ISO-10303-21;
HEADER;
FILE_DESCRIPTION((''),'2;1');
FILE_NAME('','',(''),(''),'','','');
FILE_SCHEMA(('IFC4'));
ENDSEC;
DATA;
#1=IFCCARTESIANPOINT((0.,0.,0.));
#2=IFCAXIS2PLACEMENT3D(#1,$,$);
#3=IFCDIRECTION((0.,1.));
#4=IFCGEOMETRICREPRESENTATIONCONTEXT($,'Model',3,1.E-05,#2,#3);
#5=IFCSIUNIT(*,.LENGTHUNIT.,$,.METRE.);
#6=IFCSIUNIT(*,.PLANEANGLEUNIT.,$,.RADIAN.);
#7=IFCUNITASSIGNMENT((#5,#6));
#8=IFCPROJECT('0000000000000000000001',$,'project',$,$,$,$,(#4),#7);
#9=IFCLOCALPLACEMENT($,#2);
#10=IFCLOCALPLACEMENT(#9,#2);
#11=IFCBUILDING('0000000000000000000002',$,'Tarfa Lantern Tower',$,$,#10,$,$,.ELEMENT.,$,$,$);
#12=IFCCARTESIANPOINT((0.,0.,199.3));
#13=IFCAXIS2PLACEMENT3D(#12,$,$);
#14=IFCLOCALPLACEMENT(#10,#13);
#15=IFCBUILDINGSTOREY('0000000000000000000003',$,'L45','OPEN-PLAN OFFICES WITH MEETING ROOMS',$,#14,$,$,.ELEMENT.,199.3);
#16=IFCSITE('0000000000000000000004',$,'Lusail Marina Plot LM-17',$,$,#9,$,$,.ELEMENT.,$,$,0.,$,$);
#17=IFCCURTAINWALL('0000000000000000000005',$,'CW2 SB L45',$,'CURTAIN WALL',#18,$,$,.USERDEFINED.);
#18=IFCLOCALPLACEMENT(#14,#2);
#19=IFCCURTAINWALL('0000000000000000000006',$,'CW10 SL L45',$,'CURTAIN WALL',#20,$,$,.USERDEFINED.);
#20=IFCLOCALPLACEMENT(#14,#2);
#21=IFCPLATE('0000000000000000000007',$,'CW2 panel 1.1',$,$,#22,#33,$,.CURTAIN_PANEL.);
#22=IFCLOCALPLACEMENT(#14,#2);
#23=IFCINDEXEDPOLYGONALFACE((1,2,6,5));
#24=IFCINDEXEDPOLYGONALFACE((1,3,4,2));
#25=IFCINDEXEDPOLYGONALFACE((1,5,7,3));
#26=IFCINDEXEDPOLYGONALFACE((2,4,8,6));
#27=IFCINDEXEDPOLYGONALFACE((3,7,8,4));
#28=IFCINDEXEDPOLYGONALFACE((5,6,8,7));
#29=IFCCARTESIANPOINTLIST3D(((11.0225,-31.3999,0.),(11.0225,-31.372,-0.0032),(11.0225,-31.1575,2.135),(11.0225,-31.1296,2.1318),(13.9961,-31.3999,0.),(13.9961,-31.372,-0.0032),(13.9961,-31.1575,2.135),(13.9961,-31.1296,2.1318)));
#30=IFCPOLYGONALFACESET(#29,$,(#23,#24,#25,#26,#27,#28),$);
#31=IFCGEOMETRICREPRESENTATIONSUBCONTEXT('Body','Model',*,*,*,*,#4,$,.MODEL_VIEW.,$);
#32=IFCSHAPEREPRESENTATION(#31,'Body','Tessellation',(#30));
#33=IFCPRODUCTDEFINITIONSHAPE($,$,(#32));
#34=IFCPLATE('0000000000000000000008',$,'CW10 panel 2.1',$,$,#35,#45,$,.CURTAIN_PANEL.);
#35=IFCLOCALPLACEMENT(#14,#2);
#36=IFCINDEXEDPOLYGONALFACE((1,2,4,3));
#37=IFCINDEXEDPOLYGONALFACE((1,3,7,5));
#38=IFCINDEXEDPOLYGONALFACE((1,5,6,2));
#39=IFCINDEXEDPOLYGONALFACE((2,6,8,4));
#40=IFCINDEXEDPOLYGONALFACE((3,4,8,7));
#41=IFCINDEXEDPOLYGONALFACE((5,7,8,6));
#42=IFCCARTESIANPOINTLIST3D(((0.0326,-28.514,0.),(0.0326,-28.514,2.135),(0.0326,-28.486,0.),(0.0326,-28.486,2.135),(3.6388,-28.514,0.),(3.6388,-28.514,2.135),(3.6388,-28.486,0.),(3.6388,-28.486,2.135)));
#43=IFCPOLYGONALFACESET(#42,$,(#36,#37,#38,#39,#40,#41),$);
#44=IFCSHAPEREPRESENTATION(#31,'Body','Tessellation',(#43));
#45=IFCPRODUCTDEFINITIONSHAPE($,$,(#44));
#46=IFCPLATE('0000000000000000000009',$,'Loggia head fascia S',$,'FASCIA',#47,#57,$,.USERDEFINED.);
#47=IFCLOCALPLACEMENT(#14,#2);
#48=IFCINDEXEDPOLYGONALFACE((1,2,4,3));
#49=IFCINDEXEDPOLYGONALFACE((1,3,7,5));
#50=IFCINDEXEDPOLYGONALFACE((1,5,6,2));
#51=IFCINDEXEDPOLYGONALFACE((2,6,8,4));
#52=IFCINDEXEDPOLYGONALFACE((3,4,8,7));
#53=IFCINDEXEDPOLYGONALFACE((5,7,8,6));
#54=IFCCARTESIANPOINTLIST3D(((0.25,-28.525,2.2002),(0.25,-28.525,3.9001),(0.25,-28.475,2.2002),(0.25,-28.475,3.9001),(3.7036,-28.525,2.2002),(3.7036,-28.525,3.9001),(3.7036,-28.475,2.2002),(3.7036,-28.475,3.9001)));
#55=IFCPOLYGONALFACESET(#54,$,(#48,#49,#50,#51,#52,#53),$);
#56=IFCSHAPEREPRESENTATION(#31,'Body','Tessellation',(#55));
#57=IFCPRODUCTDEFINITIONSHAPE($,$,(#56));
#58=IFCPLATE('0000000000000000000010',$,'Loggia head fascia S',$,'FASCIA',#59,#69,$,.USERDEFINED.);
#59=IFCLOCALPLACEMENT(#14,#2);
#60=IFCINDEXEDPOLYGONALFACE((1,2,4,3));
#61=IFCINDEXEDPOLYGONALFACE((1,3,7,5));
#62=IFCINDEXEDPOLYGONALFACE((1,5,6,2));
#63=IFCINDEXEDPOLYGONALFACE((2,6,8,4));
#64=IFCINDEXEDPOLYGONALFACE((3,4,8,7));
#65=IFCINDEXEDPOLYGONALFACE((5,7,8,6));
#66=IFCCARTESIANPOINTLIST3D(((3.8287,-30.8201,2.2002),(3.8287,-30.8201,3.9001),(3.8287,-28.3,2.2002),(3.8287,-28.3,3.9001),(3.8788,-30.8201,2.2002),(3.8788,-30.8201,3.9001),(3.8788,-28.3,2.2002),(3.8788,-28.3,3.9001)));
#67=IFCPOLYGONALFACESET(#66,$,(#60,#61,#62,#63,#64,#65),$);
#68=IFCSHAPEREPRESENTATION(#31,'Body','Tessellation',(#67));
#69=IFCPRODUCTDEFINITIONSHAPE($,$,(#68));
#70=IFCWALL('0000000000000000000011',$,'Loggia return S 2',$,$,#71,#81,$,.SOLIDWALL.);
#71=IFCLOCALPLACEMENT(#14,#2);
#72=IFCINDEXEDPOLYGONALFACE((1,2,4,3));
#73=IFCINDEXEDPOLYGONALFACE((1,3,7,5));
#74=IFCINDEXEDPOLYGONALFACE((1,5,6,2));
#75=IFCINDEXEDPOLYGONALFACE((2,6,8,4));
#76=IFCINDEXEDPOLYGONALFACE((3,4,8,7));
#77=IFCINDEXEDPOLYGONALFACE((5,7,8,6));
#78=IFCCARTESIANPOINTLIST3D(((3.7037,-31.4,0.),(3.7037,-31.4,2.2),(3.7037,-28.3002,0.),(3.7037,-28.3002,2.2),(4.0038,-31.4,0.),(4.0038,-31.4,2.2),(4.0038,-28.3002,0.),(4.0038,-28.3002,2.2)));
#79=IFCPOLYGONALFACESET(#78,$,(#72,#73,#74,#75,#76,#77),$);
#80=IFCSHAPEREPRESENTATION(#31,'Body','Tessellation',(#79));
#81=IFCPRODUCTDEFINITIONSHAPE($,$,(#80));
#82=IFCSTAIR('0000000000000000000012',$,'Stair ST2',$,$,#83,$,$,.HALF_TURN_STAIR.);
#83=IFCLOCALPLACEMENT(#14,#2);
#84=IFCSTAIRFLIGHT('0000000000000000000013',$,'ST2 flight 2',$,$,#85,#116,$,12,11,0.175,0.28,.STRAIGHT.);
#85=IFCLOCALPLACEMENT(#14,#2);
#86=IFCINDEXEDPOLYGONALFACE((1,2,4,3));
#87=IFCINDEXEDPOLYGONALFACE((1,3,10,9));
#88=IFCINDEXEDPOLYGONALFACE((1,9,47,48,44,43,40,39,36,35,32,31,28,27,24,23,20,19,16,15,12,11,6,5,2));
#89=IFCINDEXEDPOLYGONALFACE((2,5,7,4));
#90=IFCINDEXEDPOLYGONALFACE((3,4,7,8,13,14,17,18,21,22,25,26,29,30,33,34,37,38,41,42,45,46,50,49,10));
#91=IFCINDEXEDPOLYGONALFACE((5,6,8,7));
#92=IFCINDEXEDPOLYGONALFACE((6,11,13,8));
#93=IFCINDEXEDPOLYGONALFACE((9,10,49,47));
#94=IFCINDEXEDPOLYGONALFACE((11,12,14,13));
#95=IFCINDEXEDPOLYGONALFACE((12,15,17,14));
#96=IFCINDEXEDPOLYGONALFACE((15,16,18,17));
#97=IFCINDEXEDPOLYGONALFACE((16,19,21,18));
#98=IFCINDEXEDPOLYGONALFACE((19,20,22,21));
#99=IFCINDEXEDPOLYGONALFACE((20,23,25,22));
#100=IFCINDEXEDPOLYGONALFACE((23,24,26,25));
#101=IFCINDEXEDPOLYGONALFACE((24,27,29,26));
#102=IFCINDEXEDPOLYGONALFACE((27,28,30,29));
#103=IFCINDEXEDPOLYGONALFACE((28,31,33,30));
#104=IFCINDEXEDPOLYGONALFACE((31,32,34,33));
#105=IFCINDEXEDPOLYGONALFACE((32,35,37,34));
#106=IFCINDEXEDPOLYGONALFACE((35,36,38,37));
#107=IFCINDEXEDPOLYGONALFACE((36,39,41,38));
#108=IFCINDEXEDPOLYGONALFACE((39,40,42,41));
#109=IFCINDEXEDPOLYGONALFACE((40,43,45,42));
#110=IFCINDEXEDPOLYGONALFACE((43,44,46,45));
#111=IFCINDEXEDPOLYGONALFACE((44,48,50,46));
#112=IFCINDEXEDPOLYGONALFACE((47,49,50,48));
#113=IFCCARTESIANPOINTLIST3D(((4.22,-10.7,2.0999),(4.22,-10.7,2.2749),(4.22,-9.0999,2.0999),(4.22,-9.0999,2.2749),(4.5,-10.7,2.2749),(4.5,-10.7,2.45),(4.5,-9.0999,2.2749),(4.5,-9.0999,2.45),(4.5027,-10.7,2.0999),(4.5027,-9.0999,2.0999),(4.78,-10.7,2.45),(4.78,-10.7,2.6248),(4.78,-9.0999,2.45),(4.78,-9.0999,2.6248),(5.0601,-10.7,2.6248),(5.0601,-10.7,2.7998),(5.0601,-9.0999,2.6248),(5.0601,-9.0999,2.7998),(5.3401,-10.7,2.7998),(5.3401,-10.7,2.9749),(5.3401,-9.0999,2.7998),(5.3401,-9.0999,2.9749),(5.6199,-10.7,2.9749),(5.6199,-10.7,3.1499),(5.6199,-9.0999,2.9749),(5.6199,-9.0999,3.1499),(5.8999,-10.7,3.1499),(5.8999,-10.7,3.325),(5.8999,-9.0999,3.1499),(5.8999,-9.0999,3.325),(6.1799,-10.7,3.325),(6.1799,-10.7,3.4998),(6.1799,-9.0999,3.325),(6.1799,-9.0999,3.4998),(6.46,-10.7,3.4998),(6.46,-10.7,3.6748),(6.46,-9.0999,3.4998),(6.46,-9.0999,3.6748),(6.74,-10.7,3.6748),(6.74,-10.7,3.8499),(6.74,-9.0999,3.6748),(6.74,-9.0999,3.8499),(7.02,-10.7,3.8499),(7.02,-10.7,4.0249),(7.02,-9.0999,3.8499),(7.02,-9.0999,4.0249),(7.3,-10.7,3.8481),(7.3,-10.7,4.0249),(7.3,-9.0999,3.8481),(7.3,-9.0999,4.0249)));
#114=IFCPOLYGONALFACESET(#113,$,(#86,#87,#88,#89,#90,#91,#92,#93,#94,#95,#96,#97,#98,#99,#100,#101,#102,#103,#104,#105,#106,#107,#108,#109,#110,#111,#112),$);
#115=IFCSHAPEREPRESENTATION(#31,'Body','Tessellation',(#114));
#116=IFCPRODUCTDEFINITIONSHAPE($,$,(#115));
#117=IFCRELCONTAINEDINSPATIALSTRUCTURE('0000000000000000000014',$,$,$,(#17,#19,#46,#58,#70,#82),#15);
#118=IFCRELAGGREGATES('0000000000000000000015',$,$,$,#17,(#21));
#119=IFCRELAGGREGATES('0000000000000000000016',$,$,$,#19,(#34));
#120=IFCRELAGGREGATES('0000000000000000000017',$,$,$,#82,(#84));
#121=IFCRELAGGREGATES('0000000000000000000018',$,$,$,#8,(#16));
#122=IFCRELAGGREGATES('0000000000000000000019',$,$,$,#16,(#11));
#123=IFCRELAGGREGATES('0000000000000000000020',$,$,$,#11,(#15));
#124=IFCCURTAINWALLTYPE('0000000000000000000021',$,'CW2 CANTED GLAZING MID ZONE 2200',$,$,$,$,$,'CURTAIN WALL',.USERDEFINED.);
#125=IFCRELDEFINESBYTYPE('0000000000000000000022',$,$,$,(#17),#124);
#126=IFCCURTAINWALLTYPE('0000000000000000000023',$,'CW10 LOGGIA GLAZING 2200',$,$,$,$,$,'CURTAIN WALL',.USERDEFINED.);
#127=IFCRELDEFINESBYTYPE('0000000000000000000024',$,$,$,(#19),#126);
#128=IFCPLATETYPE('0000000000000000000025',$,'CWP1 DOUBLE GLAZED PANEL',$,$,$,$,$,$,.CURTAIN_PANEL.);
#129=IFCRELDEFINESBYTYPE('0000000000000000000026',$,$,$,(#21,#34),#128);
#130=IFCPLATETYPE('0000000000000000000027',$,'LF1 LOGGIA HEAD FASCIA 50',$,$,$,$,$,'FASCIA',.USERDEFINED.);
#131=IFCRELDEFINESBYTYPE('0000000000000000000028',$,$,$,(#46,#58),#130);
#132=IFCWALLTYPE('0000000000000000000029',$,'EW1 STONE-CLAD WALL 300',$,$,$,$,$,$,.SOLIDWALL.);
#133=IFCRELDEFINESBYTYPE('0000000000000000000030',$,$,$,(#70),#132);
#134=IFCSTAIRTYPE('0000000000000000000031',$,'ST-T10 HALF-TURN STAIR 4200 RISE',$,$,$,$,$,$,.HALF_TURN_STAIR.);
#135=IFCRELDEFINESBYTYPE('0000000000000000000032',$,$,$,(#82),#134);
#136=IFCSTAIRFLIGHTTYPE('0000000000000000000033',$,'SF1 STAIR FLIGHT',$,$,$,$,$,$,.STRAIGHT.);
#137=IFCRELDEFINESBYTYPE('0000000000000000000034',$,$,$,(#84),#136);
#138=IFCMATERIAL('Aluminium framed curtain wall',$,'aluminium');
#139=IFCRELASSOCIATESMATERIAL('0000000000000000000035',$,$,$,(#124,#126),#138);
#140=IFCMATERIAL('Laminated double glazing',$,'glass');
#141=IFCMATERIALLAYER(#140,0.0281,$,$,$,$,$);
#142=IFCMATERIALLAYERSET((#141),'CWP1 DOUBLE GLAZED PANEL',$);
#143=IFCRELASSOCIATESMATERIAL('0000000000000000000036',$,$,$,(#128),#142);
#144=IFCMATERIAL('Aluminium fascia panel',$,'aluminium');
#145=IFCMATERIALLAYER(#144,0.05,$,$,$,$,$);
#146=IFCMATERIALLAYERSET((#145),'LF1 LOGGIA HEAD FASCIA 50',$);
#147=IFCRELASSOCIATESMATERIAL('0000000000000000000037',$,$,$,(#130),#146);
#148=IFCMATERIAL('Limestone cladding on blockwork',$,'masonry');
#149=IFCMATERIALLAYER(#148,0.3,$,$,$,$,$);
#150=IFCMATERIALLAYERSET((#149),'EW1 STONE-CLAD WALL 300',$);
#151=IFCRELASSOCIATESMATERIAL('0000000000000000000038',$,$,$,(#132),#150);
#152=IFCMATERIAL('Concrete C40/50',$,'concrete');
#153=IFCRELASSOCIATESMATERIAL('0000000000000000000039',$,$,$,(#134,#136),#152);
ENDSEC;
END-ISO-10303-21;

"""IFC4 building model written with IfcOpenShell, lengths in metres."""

from ifc_helpers import new_model, si_unit, direction, frame, frame_2d, origin, origin_2d, place, context, subcontext, project, spatial, polyline, rectangle, outline, extrude, material, layer, layer_set, type_object, element, aggregate, save


model = new_model("IFC4")

# Units and contexts
model_context = context("Model", 3, precision=1e-05, world=origin(), true_north=direction((0.0, 1.0)))
body_context = subcontext(model_context, "Body", "Model", "MODEL_VIEW")
ifc_project = project(units=[si_unit("LENGTHUNIT", "METRE"), si_unit("PLANEANGLEUNIT", "RADIAN")], contexts=[model_context])

# Site, building, storey
site_placement = place(None, origin())
site = spatial("IfcSite", under=ifc_project, at=site_placement, Name="Lusail Marina Plot LM-17", CompositionType="ELEMENT", RefElevation=0.0)
building_placement = place(site_placement, origin())
building = spatial("IfcBuilding", under=site, at=building_placement, Name="Tarfa Lantern Tower", CompositionType="ELEMENT")
storey_placement = place(building_placement, frame((0.0, 0.0, 199.3)))
storey = spatial("IfcBuildingStorey", under=building, at=storey_placement, Name="L45", Description="OPEN-PLAN OFFICES WITH MEETING ROOMS", CompositionType="ELEMENT", Elevation=199.3)

# Shared definitions
ifc_material_1 = material(Name="Aluminium framed curtain wall", Category="aluminium")
curtain_wall_type_1 = type_object("IfcCurtainWallType", Name="CW2 CANTED GLAZING MID ZONE 2200", ElementType="CURTAIN WALL", PredefinedType="USERDEFINED", material=ifc_material_1)

# Curtain walls
curtain_wall_1_placement = place(storey_placement, origin())
curtain_wall_1 = element("IfcCurtainWall", 1, at=curtain_wall_1_placement, inside=storey, type_object=curtain_wall_type_1, Name="CW2 SB L45", ObjectType="CURTAIN WALL", PredefinedType="USERDEFINED")
curtain_wall_type_2 = type_object("IfcCurtainWallType", Name="CW10 LOGGIA GLAZING 2200", ElementType="CURTAIN WALL", PredefinedType="USERDEFINED", material=ifc_material_1)
curtain_wall_2_placement = place(storey_placement, origin())
curtain_wall_2 = element("IfcCurtainWall", 2, at=curtain_wall_2_placement, inside=storey, type_object=curtain_wall_type_2, Name="CW10 SL L45", ObjectType="CURTAIN WALL", PredefinedType="USERDEFINED")

# Plates
ifc_material_2 = material(Name="Laminated double glazing", Category="glass")
ifc_layer_1 = layer(ifc_material_2, 0.0281)
ifc_layer_set_1 = layer_set([ifc_layer_1], Name="CWP1 DOUBLE GLAZED PANEL")
plate_type_1 = type_object("IfcPlateType", Name="CWP1 DOUBLE GLAZED PANEL", PredefinedType="CURTAIN_PANEL", material=ifc_layer_set_1)
plate_1_placement = place(storey_placement, frame((11.0225, -31.3999, 0.0), z_axis=(0.0, -0.993615, 0.112826), x_axis=(1.0, 0.0, 0.0)))
plate_1 = element("IfcPlate", 3, at=plate_1_placement, type_object=plate_type_1, Name="CW2 panel 1.1", PredefinedType="CURTAIN_PANEL", context=body_context, shape_type="SweptSolid", body=[
    extrude(outline(polyline([(0.0, 0.0), (2.9736, 0.0), (2.9736, 2.1487), (0.0, 2.1487), (0.0, 0.0)])), origin(), (0.0, 0.0, -1.0), 0.0281),
])
aggregate(curtain_wall_1, [plate_1])
plate_2_placement = place(storey_placement, frame((1.8357, -28.5, 0.0), z_axis=(0.0, 0.0, 1.0), x_axis=(1.0, 0.0, 0.0)))
plate_2 = element("IfcPlate", 4, at=plate_2_placement, type_object=plate_type_1, Name="CW10 panel 2.1", PredefinedType="CURTAIN_PANEL", context=body_context, shape_type="SweptSolid", body=[
    extrude(rectangle(XDim=3.6062, YDim=0.0281, at=origin_2d()), origin(), (0.0, 0.0, 1.0), 2.135),
])
aggregate(curtain_wall_2, [plate_2])

# Plates
ifc_material_3 = material(Name="Aluminium fascia panel", Category="aluminium")
ifc_layer_2 = layer(ifc_material_3, 0.05)
ifc_layer_set_2 = layer_set([ifc_layer_2], Name="LF1 LOGGIA HEAD FASCIA 50")
plate_type_2 = type_object("IfcPlateType", Name="LF1 LOGGIA HEAD FASCIA 50", ElementType="FASCIA", PredefinedType="USERDEFINED", material=ifc_layer_set_2)
plate_3_placement = place(storey_placement, frame((1.9768, -28.5, 2.2002), z_axis=(0.0, 0.0, 1.0), x_axis=(1.0, 0.0, 0.0)))
element("IfcPlate", 5, at=plate_3_placement, inside=storey, type_object=plate_type_2, Name="Loggia head fascia S", ObjectType="FASCIA", PredefinedType="USERDEFINED", context=body_context, shape_type="SweptSolid", body=[
    extrude(rectangle(XDim=3.4536, YDim=0.05, at=origin_2d()), origin(), (0.0, 0.0, 1.0), 1.7),
])
plate_4_placement = place(storey_placement, frame((3.8538, -29.5601, 2.2002), z_axis=(0.0, 0.0, 1.0), x_axis=(0.0, 1.0, 0.0)))
element("IfcPlate", 6, at=plate_4_placement, inside=storey, type_object=plate_type_2, Name="Loggia head fascia S", ObjectType="FASCIA", PredefinedType="USERDEFINED", context=body_context, shape_type="SweptSolid", body=[
    extrude(rectangle(XDim=2.52, YDim=0.05, at=origin_2d()), origin(), (0.0, 0.0, 1.0), 1.7),
])

# Wall
ifc_material_4 = material(Name="Limestone cladding on blockwork", Category="masonry")
ifc_layer_3 = layer(ifc_material_4, 0.3)
ifc_layer_set_3 = layer_set([ifc_layer_3], Name="EW1 STONE-CLAD WALL 300")
wall_type_1 = type_object("IfcWallType", Name="EW1 STONE-CLAD WALL 300", PredefinedType="SOLIDWALL", material=ifc_layer_set_3)
wall_1_placement = place(storey_placement, frame((3.8538, -31.3999, 0.0), z_axis=(0.0, 0.0, 1.0), x_axis=(0.0, 1.0, 0.0)))
element("IfcWall", 7, at=wall_1_placement, inside=storey, type_object=wall_type_1, Name="Loggia return S 2", PredefinedType="SOLIDWALL", context=body_context, shape_type="SweptSolid", body=[
    extrude(rectangle(XDim=3.0999, YDim=0.3, at=frame_2d((1.5498, 0.0))), origin(), (0.0, 0.0, 1.0), 2.2),
])

# Stair, stair flight
ifc_material_5 = material(Name="Concrete C40/50", Category="concrete")
stair_type = type_object("IfcStairType", Name="ST-T10 HALF-TURN STAIR 4200 RISE", PredefinedType="HALF_TURN_STAIR", material=ifc_material_5)
stair_placement = place(storey_placement, origin())
stair = element("IfcStair", 8, at=stair_placement, inside=storey, type_object=stair_type, Name="Stair ST2", PredefinedType="HALF_TURN_STAIR")
stair_flight_type = type_object("IfcStairFlightType", Name="SF1 STAIR FLIGHT", PredefinedType="STRAIGHT", material=ifc_material_5)
stair_flight_placement = place(storey_placement, frame((4.22, -9.8999, 2.0999), z_axis=(0.0, 0.0, 1.0), x_axis=(1.0, 0.0, 0.0)))
stair_flight = element("IfcStairFlight", 9, at=stair_flight_placement, type_object=stair_flight_type, Name="ST2 flight 2", NumberOfRisers=12, NumberOfTreads=11, PredefinedType="STRAIGHT", RiserHeight=0.175, TreadLength=0.28, context=body_context, shape_type="SweptSolid", body=[
    extrude(outline(polyline([(0.0, 0.0), (0.0, 0.175), (0.28, 0.175), (0.28, 0.3501), (0.5601, 0.3501), (0.5601, 0.5249), (0.8401, 0.5249), (0.8401, 0.7), (1.1201, 0.7), (1.1201, 0.875), (1.3999, 0.875), (1.3999, 1.05), (1.6799, 1.05), (1.6799, 1.2251), (1.96, 1.2251), (1.96, 1.3999), (2.24, 1.3999), (2.24, 1.575), (2.52, 1.575), (2.52, 1.75), (2.8, 1.75), (2.8, 1.925), (3.0801, 1.925), (3.0801, 2.1001), (3.0801, 1.7483), (0.2827, 0.0), (0.0, 0.0)])), frame((0.0, 0.8, 0.0), z_axis=(0.0, -1.0, 0.0), x_axis=(1.0, 0.0, 0.0)), (0.0, 0.0, 1.0), 1.6001),
])
aggregate(stair, [stair_flight])

save(model, "model.ifc")
